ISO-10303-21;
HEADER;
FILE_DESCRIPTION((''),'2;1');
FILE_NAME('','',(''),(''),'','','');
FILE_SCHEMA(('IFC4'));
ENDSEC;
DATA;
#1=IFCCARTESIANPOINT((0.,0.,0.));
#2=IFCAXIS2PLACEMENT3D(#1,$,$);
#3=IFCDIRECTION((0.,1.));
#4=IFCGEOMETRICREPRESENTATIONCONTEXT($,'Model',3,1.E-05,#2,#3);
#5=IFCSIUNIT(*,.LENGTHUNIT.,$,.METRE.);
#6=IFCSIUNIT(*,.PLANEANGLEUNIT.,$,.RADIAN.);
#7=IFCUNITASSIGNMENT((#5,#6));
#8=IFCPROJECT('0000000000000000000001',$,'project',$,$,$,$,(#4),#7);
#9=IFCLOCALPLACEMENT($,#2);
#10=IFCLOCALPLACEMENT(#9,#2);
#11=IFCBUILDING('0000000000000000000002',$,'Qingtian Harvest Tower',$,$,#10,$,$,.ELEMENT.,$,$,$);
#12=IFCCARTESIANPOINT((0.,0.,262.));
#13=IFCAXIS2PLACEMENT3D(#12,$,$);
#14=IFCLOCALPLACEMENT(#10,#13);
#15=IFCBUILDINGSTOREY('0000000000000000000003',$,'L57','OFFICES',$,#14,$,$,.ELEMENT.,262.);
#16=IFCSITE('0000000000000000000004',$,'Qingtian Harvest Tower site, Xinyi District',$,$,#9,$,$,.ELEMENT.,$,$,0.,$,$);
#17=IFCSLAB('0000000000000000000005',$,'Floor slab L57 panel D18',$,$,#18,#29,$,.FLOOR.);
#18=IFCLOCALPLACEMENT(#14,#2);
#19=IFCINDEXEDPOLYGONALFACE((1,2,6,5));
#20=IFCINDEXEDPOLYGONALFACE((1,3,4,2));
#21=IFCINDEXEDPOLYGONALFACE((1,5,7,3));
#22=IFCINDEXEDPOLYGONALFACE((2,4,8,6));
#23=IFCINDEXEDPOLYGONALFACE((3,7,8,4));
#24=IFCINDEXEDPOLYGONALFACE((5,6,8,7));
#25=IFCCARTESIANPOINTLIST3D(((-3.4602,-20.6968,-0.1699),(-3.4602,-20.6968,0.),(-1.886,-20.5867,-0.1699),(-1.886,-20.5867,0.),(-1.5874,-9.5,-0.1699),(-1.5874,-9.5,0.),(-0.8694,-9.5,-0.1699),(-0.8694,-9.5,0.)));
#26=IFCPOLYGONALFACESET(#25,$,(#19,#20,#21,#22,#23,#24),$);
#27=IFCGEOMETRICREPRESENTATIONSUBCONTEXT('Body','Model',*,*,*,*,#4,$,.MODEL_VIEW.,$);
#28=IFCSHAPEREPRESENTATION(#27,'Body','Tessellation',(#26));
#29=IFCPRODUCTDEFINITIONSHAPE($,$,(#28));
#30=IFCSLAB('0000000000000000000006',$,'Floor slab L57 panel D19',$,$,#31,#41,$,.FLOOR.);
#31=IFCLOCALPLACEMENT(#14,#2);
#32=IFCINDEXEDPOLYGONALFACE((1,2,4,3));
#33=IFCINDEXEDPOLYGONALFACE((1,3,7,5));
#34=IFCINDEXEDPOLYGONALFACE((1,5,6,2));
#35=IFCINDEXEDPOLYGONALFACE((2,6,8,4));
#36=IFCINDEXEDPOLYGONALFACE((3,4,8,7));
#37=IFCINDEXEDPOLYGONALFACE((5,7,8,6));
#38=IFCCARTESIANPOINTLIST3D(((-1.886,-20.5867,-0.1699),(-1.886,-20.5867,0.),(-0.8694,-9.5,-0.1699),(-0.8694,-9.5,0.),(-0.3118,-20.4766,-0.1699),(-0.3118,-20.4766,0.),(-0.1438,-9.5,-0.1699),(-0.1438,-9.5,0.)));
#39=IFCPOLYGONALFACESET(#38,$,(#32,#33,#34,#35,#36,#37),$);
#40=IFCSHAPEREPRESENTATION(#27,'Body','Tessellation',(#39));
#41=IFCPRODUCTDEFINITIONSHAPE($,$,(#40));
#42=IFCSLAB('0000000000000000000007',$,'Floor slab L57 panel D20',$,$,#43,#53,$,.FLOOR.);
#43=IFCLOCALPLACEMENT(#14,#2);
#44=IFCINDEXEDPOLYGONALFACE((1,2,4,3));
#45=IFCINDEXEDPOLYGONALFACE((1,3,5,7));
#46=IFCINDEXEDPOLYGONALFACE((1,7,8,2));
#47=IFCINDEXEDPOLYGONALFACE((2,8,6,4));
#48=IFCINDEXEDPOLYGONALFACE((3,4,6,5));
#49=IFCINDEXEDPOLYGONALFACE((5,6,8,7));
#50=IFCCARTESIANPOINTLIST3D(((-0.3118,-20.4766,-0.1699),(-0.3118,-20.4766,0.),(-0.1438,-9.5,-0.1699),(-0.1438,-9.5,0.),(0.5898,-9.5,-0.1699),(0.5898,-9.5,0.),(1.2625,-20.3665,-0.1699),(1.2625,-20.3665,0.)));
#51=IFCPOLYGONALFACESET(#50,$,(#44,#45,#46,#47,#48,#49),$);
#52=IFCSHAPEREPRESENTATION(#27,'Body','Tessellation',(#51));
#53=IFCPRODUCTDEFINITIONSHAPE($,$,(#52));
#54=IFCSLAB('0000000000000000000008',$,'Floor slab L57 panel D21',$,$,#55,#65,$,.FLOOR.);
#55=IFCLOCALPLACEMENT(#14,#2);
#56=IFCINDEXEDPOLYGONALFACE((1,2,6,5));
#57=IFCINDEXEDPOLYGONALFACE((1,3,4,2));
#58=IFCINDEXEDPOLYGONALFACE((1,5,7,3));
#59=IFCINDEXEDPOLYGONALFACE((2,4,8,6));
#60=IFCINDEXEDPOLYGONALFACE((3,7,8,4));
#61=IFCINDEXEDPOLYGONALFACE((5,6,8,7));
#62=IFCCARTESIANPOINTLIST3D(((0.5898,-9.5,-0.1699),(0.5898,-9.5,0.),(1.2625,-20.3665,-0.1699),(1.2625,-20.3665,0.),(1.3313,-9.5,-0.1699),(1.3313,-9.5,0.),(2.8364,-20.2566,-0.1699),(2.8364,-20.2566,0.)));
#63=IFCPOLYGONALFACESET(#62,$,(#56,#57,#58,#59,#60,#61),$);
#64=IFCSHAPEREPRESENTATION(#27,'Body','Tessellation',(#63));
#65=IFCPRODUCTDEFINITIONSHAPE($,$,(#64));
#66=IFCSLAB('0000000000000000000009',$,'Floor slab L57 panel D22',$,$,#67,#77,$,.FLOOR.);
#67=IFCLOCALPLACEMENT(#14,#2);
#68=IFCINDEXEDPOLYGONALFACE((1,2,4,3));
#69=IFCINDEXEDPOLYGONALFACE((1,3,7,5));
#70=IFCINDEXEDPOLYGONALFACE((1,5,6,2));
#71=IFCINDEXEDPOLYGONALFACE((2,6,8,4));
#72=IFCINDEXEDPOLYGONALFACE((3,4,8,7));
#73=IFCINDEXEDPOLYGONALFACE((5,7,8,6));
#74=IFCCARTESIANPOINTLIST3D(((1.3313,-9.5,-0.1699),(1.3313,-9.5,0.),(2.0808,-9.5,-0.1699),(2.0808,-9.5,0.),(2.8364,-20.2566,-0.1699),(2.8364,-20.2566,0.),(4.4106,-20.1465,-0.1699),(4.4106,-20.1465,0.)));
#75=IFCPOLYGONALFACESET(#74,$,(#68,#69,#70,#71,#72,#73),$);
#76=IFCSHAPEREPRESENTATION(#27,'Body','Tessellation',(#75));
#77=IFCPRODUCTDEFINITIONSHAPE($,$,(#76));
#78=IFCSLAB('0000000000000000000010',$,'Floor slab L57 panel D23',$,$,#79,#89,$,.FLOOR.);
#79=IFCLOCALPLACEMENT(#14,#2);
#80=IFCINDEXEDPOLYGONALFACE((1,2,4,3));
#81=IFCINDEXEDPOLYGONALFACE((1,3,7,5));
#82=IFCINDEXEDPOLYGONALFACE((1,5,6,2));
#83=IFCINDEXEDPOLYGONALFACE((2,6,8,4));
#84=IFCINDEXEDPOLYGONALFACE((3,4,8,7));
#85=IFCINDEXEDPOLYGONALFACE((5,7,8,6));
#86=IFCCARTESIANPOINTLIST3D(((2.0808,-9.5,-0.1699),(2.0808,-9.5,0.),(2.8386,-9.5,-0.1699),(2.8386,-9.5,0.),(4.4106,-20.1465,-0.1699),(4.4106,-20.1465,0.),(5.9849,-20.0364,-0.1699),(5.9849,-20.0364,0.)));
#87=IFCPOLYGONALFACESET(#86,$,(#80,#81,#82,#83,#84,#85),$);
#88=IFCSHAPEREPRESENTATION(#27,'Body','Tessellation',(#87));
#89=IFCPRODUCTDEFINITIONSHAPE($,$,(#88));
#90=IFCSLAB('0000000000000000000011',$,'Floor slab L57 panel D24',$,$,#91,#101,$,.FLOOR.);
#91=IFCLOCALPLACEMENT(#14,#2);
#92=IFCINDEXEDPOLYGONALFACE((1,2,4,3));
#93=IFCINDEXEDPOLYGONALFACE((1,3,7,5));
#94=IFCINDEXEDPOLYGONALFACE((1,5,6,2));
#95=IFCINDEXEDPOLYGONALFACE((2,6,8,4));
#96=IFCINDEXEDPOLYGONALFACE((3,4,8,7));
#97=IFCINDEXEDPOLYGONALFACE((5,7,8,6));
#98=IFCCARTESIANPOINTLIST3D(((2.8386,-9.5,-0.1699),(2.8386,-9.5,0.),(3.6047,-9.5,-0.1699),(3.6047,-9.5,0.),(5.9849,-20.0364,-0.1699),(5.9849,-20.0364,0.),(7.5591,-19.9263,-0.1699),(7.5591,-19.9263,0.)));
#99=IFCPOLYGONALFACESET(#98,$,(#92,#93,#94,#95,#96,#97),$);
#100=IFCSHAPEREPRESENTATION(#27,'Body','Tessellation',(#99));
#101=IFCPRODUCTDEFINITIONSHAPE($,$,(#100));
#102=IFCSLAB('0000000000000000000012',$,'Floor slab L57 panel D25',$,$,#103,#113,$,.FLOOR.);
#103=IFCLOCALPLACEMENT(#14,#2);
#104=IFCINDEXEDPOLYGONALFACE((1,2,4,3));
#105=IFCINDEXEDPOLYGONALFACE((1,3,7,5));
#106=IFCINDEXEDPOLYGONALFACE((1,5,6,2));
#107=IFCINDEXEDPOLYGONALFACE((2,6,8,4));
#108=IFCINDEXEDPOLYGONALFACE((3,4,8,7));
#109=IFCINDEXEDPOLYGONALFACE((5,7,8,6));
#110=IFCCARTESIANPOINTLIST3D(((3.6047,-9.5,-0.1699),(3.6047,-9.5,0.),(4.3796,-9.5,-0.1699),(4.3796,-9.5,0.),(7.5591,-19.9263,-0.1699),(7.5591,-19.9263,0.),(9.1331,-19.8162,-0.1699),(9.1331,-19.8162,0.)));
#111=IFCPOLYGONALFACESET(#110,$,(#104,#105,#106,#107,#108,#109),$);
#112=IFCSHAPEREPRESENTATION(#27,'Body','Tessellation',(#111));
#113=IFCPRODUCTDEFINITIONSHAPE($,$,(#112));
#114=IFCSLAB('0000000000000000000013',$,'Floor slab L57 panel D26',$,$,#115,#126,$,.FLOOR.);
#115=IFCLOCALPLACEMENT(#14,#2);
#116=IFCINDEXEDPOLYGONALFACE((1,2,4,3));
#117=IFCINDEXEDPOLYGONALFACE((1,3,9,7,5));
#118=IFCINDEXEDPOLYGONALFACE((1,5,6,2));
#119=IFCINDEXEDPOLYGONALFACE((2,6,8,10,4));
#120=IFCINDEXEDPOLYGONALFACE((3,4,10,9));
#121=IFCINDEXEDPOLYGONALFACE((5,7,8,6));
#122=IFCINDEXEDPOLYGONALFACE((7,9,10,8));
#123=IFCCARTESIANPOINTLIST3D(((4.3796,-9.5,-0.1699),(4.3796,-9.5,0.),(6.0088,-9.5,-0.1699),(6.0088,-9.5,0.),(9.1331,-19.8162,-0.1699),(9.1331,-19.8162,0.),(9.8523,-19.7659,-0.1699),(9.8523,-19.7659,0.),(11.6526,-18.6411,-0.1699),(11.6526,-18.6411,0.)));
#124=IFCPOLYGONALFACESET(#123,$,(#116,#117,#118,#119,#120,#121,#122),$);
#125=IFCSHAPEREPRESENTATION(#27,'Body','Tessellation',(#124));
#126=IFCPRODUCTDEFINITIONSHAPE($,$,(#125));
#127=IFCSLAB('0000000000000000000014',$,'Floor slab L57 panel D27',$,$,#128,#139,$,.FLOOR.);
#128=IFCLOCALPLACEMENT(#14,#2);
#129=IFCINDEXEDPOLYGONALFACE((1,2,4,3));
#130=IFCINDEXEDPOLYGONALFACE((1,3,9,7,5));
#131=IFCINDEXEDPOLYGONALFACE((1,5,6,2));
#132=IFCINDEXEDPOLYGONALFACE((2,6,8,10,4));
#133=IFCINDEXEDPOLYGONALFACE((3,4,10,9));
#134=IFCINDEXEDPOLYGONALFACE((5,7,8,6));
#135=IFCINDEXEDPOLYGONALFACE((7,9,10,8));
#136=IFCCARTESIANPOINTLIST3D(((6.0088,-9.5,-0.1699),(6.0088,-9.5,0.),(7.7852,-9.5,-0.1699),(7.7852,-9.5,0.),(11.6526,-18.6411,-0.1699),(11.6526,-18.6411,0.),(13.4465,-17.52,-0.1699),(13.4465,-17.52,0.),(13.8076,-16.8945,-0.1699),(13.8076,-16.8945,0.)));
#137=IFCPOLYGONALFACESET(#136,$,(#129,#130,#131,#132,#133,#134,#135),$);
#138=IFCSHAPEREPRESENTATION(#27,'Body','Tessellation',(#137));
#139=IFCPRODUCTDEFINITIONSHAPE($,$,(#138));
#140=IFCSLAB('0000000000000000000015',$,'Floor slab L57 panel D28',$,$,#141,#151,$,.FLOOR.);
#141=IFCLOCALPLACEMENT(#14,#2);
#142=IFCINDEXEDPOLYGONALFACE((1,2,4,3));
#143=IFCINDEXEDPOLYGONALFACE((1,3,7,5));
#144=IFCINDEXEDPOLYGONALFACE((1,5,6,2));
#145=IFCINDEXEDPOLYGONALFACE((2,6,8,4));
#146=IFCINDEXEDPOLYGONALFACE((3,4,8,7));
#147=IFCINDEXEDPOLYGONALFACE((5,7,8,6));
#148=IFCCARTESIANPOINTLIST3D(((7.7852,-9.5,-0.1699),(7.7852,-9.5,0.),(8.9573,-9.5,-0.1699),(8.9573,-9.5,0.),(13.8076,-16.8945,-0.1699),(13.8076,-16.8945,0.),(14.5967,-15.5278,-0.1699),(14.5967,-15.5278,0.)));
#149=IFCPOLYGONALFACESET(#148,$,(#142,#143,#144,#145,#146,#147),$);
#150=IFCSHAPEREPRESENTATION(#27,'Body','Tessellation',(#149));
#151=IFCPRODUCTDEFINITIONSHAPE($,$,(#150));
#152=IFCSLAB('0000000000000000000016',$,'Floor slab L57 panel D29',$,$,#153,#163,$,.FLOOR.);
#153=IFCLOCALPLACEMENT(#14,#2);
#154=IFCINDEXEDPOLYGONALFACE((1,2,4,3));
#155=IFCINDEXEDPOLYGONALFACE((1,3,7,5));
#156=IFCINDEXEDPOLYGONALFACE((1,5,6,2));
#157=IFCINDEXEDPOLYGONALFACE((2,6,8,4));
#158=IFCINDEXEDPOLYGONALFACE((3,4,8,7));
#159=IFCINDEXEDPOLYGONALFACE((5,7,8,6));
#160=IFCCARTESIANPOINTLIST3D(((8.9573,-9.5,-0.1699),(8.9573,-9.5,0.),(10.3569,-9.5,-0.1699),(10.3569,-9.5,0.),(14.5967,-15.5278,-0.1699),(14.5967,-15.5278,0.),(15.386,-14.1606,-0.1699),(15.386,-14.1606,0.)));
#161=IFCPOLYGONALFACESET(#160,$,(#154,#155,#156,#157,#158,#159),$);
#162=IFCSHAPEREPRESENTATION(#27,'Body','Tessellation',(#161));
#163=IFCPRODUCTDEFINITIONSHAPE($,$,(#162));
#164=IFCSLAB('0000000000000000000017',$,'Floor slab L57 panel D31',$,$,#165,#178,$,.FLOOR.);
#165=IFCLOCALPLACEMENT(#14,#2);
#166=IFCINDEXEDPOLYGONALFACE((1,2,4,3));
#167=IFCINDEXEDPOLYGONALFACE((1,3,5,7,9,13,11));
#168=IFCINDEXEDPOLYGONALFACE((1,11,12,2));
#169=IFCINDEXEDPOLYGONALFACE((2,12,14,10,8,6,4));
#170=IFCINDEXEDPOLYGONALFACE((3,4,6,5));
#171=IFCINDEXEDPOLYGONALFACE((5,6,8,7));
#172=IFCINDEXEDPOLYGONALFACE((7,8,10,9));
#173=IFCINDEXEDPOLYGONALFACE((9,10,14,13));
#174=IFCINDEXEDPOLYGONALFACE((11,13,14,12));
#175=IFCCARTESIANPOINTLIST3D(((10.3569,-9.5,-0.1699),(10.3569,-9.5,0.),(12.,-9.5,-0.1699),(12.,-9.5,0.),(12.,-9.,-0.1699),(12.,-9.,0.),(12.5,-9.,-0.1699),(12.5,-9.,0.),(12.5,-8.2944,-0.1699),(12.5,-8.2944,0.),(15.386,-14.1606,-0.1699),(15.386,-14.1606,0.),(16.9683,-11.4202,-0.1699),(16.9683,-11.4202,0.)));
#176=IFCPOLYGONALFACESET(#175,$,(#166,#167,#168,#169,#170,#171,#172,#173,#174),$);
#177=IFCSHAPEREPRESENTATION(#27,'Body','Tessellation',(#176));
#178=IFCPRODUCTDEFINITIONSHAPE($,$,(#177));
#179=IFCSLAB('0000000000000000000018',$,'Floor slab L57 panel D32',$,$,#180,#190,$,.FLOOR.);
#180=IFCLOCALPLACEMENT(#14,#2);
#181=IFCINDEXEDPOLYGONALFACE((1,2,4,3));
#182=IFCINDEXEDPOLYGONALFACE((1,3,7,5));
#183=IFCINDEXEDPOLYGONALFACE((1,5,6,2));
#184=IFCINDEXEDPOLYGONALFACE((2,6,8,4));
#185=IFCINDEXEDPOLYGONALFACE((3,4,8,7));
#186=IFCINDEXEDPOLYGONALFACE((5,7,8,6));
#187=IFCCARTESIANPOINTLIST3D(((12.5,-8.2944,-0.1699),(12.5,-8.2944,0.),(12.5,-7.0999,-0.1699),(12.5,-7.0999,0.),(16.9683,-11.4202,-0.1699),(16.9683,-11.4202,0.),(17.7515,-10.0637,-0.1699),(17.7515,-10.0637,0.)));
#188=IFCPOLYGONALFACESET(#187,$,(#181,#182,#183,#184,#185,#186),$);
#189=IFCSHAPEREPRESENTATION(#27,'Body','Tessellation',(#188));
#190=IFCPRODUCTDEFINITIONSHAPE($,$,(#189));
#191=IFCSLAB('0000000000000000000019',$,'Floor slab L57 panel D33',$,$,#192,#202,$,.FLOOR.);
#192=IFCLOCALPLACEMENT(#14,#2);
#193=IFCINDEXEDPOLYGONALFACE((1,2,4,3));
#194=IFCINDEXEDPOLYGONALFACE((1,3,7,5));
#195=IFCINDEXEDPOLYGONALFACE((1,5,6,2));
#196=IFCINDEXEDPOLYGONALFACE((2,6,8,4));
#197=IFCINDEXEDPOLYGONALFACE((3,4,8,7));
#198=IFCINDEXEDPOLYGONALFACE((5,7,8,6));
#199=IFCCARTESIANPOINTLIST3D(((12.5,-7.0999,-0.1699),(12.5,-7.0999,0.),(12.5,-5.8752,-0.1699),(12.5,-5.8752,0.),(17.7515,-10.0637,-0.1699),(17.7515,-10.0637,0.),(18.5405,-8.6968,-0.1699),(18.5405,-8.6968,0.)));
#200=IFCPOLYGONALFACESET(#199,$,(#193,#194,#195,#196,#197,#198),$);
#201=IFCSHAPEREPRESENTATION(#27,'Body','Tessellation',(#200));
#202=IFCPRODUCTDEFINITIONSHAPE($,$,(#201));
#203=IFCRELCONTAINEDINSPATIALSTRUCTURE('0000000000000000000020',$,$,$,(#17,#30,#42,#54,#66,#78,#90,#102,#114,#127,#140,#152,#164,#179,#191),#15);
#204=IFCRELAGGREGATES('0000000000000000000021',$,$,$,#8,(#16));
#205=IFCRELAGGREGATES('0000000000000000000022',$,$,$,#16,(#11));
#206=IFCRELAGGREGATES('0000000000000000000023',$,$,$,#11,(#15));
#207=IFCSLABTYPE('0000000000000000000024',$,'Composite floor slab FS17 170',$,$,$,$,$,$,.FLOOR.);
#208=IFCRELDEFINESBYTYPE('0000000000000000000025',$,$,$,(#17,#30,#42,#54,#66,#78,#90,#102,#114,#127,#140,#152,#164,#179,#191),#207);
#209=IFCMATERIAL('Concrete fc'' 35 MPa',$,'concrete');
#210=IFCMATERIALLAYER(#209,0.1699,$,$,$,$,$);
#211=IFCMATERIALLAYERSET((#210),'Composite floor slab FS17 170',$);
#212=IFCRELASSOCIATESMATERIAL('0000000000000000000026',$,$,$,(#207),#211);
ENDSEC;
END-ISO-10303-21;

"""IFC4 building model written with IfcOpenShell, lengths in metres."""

from ifc_helpers import new_model, si_unit, direction, frame, origin, place, context, subcontext, project, spatial, polyline, outline, extrude, material, layer, layer_set, type_object, element, save


model = new_model("IFC4")

# Units and contexts
model_context = context("Model", 3, precision=1e-05, world=origin(), true_north=direction((0.0, 1.0)))
body_context = subcontext(model_context, "Body", "Model", "MODEL_VIEW")
ifc_project = project(units=[si_unit("LENGTHUNIT", "METRE"), si_unit("PLANEANGLEUNIT", "RADIAN")], contexts=[model_context])

# Site, building, storey
site_placement = place(None, origin())
site = spatial("IfcSite", under=ifc_project, at=site_placement, Name="Qingtian Harvest Tower site, Xinyi District", CompositionType="ELEMENT", RefElevation=0.0)
building_placement = place(site_placement, origin())
building = spatial("IfcBuilding", under=site, at=building_placement, Name="Qingtian Harvest Tower", CompositionType="ELEMENT")
storey_placement = place(building_placement, frame((0.0, 0.0, 262.0)))
storey = spatial("IfcBuildingStorey", under=building, at=storey_placement, Name="L57", Description="OFFICES", CompositionType="ELEMENT", Elevation=262.0)

# Slabs
ifc_material_1 = material(Name="Concrete fc' 35 MPa", Category="concrete")
ifc_layer_1 = layer(ifc_material_1, 0.1699)
ifc_layer_set_1 = layer_set([ifc_layer_1], Name="Composite floor slab FS17 170")
slab_type = type_object("IfcSlabType", Name="Composite floor slab FS17 170", PredefinedType="FLOOR", material=ifc_layer_set_1)
slab_1_placement = place(storey_placement, frame((0.0, 0.0, -0.1699)))
element("IfcSlab", 1, at=slab_1_placement, inside=storey, type_object=slab_type, Name="Floor slab L57 panel D18", PredefinedType="FLOOR", context=body_context, shape_type="SweptSolid", body=[
    extrude(outline(polyline([(-0.8694, -9.5), (-1.886, -20.5867), (-3.4602, -20.6968), (-1.5874, -9.5), (-0.8694, -9.5)])), origin(), (0.0, 0.0, 1.0), 0.1699),
])
slab_2_placement = place(storey_placement, frame((0.0, 0.0, -0.1699)))
element("IfcSlab", 2, at=slab_2_placement, inside=storey, type_object=slab_type, Name="Floor slab L57 panel D19", PredefinedType="FLOOR", context=body_context, shape_type="SweptSolid", body=[
    extrude(outline(polyline([(-0.1438, -9.5), (-0.3118, -20.4766), (-1.886, -20.5867), (-0.8694, -9.5), (-0.1438, -9.5)])), origin(), (0.0, 0.0, 1.0), 0.1699),
])
slab_3_placement = place(storey_placement, frame((0.0, 0.0, -0.1699)))
element("IfcSlab", 3, at=slab_3_placement, inside=storey, type_object=slab_type, Name="Floor slab L57 panel D20", PredefinedType="FLOOR", context=body_context, shape_type="SweptSolid", body=[
    extrude(outline(polyline([(0.5898, -9.5), (1.2625, -20.3665), (-0.3118, -20.4766), (-0.1438, -9.5), (0.5898, -9.5)])), origin(), (0.0, 0.0, 1.0), 0.1699),
])
slab_4_placement = place(storey_placement, frame((0.0, 0.0, -0.1699)))
element("IfcSlab", 4, at=slab_4_placement, inside=storey, type_object=slab_type, Name="Floor slab L57 panel D21", PredefinedType="FLOOR", context=body_context, shape_type="SweptSolid", body=[
    extrude(outline(polyline([(1.3313, -9.5), (2.8364, -20.2566), (1.2625, -20.3665), (0.5898, -9.5), (1.3313, -9.5)])), origin(), (0.0, 0.0, 1.0), 0.1699),
])
slab_5_placement = place(storey_placement, frame((0.0, 0.0, -0.1699)))
element("IfcSlab", 5, at=slab_5_placement, inside=storey, type_object=slab_type, Name="Floor slab L57 panel D22", PredefinedType="FLOOR", context=body_context, shape_type="SweptSolid", body=[
    extrude(outline(polyline([(2.0808, -9.5), (4.4106, -20.1465), (2.8364, -20.2566), (1.3313, -9.5), (2.0808, -9.5)])), origin(), (0.0, 0.0, 1.0), 0.1699),
])
slab_6_placement = place(storey_placement, frame((0.0, 0.0, -0.1699)))
element("IfcSlab", 6, at=slab_6_placement, inside=storey, type_object=slab_type, Name="Floor slab L57 panel D23", PredefinedType="FLOOR", context=body_context, shape_type="SweptSolid", body=[
    extrude(outline(polyline([(2.8386, -9.5), (5.9849, -20.0364), (4.4106, -20.1465), (2.0808, -9.5), (2.8386, -9.5)])), origin(), (0.0, 0.0, 1.0), 0.1699),
])
slab_7_placement = place(storey_placement, frame((0.0, 0.0, -0.1699)))
element("IfcSlab", 7, at=slab_7_placement, inside=storey, type_object=slab_type, Name="Floor slab L57 panel D24", PredefinedType="FLOOR", context=body_context, shape_type="SweptSolid", body=[
    extrude(outline(polyline([(3.6047, -9.5), (7.5591, -19.9263), (5.9849, -20.0364), (2.8386, -9.5), (3.6047, -9.5)])), origin(), (0.0, 0.0, 1.0), 0.1699),
])
slab_8_placement = place(storey_placement, frame((0.0, 0.0, -0.1699)))
element("IfcSlab", 8, at=slab_8_placement, inside=storey, type_object=slab_type, Name="Floor slab L57 panel D25", PredefinedType="FLOOR", context=body_context, shape_type="SweptSolid", body=[
    extrude(outline(polyline([(4.3796, -9.5), (9.1331, -19.8162), (7.5591, -19.9263), (3.6047, -9.5), (4.3796, -9.5)])), origin(), (0.0, 0.0, 1.0), 0.1699),
])
slab_9_placement = place(storey_placement, frame((0.0, 0.0, -0.1699)))
element("IfcSlab", 9, at=slab_9_placement, inside=storey, type_object=slab_type, Name="Floor slab L57 panel D26", PredefinedType="FLOOR", context=body_context, shape_type="SweptSolid", body=[
    extrude(outline(polyline([(4.3796, -9.5), (6.0088, -9.5), (11.6526, -18.6411), (9.8523, -19.7659), (9.1331, -19.8162), (4.3796, -9.5)])), origin(), (0.0, 0.0, 1.0), 0.1699),
])
slab_10_placement = place(storey_placement, frame((0.0, 0.0, -0.1699)))
element("IfcSlab", 10, at=slab_10_placement, inside=storey, type_object=slab_type, Name="Floor slab L57 panel D27", PredefinedType="FLOOR", context=body_context, shape_type="SweptSolid", body=[
    extrude(outline(polyline([(6.0088, -9.5), (7.7852, -9.5), (13.8076, -16.8945), (13.4465, -17.52), (11.6526, -18.6411), (6.0088, -9.5)])), origin(), (0.0, 0.0, 1.0), 0.1699),
])
slab_11_placement = place(storey_placement, frame((0.0, 0.0, -0.1699)))
element("IfcSlab", 11, at=slab_11_placement, inside=storey, type_object=slab_type, Name="Floor slab L57 panel D28", PredefinedType="FLOOR", context=body_context, shape_type="SweptSolid", body=[
    extrude(outline(polyline([(8.9573, -9.5), (14.5967, -15.5278), (13.8076, -16.8945), (7.7852, -9.5), (8.9573, -9.5)])), origin(), (0.0, 0.0, 1.0), 0.1699),
])
slab_12_placement = place(storey_placement, frame((0.0, 0.0, -0.1699)))
element("IfcSlab", 12, at=slab_12_placement, inside=storey, type_object=slab_type, Name="Floor slab L57 panel D29", PredefinedType="FLOOR", context=body_context, shape_type="SweptSolid", body=[
    extrude(outline(polyline([(10.3569, -9.5), (15.386, -14.1606), (14.5967, -15.5278), (8.9573, -9.5), (10.3569, -9.5)])), origin(), (0.0, 0.0, 1.0), 0.1699),
])
slab_13_placement = place(storey_placement, frame((0.0, 0.0, -0.1699)))
element("IfcSlab", 13, at=slab_13_placement, inside=storey, type_object=slab_type, Name="Floor slab L57 panel D31", PredefinedType="FLOOR", context=body_context, shape_type="SweptSolid", body=[
    extrude(outline(polyline([(12.5, -8.2944), (16.9683, -11.4202), (15.386, -14.1606), (10.3569, -9.5), (12.0, -9.5), (12.0, -9.0), (12.5, -9.0), (12.5, -8.2944)])), origin(), (0.0, 0.0, 1.0), 0.1699),
])
slab_14_placement = place(storey_placement, frame((0.0, 0.0, -0.1699)))
element("IfcSlab", 14, at=slab_14_placement, inside=storey, type_object=slab_type, Name="Floor slab L57 panel D32", PredefinedType="FLOOR", context=body_context, shape_type="SweptSolid", body=[
    extrude(outline(polyline([(12.5, -7.0999), (17.7515, -10.0637), (16.9683, -11.4202), (12.5, -8.2944), (12.5, -7.0999)])), origin(), (0.0, 0.0, 1.0), 0.1699),
])
slab_15_placement = place(storey_placement, frame((0.0, 0.0, -0.1699)))
element("IfcSlab", 15, at=slab_15_placement, inside=storey, type_object=slab_type, Name="Floor slab L57 panel D33", PredefinedType="FLOOR", context=body_context, shape_type="SweptSolid", body=[
    extrude(outline(polyline([(12.5, -5.8752), (18.5405, -8.6968), (17.7515, -10.0637), (12.5, -7.0999), (12.5, -5.8752)])), origin(), (0.0, 0.0, 1.0), 0.1699),
])

save(model, "model.ifc")
